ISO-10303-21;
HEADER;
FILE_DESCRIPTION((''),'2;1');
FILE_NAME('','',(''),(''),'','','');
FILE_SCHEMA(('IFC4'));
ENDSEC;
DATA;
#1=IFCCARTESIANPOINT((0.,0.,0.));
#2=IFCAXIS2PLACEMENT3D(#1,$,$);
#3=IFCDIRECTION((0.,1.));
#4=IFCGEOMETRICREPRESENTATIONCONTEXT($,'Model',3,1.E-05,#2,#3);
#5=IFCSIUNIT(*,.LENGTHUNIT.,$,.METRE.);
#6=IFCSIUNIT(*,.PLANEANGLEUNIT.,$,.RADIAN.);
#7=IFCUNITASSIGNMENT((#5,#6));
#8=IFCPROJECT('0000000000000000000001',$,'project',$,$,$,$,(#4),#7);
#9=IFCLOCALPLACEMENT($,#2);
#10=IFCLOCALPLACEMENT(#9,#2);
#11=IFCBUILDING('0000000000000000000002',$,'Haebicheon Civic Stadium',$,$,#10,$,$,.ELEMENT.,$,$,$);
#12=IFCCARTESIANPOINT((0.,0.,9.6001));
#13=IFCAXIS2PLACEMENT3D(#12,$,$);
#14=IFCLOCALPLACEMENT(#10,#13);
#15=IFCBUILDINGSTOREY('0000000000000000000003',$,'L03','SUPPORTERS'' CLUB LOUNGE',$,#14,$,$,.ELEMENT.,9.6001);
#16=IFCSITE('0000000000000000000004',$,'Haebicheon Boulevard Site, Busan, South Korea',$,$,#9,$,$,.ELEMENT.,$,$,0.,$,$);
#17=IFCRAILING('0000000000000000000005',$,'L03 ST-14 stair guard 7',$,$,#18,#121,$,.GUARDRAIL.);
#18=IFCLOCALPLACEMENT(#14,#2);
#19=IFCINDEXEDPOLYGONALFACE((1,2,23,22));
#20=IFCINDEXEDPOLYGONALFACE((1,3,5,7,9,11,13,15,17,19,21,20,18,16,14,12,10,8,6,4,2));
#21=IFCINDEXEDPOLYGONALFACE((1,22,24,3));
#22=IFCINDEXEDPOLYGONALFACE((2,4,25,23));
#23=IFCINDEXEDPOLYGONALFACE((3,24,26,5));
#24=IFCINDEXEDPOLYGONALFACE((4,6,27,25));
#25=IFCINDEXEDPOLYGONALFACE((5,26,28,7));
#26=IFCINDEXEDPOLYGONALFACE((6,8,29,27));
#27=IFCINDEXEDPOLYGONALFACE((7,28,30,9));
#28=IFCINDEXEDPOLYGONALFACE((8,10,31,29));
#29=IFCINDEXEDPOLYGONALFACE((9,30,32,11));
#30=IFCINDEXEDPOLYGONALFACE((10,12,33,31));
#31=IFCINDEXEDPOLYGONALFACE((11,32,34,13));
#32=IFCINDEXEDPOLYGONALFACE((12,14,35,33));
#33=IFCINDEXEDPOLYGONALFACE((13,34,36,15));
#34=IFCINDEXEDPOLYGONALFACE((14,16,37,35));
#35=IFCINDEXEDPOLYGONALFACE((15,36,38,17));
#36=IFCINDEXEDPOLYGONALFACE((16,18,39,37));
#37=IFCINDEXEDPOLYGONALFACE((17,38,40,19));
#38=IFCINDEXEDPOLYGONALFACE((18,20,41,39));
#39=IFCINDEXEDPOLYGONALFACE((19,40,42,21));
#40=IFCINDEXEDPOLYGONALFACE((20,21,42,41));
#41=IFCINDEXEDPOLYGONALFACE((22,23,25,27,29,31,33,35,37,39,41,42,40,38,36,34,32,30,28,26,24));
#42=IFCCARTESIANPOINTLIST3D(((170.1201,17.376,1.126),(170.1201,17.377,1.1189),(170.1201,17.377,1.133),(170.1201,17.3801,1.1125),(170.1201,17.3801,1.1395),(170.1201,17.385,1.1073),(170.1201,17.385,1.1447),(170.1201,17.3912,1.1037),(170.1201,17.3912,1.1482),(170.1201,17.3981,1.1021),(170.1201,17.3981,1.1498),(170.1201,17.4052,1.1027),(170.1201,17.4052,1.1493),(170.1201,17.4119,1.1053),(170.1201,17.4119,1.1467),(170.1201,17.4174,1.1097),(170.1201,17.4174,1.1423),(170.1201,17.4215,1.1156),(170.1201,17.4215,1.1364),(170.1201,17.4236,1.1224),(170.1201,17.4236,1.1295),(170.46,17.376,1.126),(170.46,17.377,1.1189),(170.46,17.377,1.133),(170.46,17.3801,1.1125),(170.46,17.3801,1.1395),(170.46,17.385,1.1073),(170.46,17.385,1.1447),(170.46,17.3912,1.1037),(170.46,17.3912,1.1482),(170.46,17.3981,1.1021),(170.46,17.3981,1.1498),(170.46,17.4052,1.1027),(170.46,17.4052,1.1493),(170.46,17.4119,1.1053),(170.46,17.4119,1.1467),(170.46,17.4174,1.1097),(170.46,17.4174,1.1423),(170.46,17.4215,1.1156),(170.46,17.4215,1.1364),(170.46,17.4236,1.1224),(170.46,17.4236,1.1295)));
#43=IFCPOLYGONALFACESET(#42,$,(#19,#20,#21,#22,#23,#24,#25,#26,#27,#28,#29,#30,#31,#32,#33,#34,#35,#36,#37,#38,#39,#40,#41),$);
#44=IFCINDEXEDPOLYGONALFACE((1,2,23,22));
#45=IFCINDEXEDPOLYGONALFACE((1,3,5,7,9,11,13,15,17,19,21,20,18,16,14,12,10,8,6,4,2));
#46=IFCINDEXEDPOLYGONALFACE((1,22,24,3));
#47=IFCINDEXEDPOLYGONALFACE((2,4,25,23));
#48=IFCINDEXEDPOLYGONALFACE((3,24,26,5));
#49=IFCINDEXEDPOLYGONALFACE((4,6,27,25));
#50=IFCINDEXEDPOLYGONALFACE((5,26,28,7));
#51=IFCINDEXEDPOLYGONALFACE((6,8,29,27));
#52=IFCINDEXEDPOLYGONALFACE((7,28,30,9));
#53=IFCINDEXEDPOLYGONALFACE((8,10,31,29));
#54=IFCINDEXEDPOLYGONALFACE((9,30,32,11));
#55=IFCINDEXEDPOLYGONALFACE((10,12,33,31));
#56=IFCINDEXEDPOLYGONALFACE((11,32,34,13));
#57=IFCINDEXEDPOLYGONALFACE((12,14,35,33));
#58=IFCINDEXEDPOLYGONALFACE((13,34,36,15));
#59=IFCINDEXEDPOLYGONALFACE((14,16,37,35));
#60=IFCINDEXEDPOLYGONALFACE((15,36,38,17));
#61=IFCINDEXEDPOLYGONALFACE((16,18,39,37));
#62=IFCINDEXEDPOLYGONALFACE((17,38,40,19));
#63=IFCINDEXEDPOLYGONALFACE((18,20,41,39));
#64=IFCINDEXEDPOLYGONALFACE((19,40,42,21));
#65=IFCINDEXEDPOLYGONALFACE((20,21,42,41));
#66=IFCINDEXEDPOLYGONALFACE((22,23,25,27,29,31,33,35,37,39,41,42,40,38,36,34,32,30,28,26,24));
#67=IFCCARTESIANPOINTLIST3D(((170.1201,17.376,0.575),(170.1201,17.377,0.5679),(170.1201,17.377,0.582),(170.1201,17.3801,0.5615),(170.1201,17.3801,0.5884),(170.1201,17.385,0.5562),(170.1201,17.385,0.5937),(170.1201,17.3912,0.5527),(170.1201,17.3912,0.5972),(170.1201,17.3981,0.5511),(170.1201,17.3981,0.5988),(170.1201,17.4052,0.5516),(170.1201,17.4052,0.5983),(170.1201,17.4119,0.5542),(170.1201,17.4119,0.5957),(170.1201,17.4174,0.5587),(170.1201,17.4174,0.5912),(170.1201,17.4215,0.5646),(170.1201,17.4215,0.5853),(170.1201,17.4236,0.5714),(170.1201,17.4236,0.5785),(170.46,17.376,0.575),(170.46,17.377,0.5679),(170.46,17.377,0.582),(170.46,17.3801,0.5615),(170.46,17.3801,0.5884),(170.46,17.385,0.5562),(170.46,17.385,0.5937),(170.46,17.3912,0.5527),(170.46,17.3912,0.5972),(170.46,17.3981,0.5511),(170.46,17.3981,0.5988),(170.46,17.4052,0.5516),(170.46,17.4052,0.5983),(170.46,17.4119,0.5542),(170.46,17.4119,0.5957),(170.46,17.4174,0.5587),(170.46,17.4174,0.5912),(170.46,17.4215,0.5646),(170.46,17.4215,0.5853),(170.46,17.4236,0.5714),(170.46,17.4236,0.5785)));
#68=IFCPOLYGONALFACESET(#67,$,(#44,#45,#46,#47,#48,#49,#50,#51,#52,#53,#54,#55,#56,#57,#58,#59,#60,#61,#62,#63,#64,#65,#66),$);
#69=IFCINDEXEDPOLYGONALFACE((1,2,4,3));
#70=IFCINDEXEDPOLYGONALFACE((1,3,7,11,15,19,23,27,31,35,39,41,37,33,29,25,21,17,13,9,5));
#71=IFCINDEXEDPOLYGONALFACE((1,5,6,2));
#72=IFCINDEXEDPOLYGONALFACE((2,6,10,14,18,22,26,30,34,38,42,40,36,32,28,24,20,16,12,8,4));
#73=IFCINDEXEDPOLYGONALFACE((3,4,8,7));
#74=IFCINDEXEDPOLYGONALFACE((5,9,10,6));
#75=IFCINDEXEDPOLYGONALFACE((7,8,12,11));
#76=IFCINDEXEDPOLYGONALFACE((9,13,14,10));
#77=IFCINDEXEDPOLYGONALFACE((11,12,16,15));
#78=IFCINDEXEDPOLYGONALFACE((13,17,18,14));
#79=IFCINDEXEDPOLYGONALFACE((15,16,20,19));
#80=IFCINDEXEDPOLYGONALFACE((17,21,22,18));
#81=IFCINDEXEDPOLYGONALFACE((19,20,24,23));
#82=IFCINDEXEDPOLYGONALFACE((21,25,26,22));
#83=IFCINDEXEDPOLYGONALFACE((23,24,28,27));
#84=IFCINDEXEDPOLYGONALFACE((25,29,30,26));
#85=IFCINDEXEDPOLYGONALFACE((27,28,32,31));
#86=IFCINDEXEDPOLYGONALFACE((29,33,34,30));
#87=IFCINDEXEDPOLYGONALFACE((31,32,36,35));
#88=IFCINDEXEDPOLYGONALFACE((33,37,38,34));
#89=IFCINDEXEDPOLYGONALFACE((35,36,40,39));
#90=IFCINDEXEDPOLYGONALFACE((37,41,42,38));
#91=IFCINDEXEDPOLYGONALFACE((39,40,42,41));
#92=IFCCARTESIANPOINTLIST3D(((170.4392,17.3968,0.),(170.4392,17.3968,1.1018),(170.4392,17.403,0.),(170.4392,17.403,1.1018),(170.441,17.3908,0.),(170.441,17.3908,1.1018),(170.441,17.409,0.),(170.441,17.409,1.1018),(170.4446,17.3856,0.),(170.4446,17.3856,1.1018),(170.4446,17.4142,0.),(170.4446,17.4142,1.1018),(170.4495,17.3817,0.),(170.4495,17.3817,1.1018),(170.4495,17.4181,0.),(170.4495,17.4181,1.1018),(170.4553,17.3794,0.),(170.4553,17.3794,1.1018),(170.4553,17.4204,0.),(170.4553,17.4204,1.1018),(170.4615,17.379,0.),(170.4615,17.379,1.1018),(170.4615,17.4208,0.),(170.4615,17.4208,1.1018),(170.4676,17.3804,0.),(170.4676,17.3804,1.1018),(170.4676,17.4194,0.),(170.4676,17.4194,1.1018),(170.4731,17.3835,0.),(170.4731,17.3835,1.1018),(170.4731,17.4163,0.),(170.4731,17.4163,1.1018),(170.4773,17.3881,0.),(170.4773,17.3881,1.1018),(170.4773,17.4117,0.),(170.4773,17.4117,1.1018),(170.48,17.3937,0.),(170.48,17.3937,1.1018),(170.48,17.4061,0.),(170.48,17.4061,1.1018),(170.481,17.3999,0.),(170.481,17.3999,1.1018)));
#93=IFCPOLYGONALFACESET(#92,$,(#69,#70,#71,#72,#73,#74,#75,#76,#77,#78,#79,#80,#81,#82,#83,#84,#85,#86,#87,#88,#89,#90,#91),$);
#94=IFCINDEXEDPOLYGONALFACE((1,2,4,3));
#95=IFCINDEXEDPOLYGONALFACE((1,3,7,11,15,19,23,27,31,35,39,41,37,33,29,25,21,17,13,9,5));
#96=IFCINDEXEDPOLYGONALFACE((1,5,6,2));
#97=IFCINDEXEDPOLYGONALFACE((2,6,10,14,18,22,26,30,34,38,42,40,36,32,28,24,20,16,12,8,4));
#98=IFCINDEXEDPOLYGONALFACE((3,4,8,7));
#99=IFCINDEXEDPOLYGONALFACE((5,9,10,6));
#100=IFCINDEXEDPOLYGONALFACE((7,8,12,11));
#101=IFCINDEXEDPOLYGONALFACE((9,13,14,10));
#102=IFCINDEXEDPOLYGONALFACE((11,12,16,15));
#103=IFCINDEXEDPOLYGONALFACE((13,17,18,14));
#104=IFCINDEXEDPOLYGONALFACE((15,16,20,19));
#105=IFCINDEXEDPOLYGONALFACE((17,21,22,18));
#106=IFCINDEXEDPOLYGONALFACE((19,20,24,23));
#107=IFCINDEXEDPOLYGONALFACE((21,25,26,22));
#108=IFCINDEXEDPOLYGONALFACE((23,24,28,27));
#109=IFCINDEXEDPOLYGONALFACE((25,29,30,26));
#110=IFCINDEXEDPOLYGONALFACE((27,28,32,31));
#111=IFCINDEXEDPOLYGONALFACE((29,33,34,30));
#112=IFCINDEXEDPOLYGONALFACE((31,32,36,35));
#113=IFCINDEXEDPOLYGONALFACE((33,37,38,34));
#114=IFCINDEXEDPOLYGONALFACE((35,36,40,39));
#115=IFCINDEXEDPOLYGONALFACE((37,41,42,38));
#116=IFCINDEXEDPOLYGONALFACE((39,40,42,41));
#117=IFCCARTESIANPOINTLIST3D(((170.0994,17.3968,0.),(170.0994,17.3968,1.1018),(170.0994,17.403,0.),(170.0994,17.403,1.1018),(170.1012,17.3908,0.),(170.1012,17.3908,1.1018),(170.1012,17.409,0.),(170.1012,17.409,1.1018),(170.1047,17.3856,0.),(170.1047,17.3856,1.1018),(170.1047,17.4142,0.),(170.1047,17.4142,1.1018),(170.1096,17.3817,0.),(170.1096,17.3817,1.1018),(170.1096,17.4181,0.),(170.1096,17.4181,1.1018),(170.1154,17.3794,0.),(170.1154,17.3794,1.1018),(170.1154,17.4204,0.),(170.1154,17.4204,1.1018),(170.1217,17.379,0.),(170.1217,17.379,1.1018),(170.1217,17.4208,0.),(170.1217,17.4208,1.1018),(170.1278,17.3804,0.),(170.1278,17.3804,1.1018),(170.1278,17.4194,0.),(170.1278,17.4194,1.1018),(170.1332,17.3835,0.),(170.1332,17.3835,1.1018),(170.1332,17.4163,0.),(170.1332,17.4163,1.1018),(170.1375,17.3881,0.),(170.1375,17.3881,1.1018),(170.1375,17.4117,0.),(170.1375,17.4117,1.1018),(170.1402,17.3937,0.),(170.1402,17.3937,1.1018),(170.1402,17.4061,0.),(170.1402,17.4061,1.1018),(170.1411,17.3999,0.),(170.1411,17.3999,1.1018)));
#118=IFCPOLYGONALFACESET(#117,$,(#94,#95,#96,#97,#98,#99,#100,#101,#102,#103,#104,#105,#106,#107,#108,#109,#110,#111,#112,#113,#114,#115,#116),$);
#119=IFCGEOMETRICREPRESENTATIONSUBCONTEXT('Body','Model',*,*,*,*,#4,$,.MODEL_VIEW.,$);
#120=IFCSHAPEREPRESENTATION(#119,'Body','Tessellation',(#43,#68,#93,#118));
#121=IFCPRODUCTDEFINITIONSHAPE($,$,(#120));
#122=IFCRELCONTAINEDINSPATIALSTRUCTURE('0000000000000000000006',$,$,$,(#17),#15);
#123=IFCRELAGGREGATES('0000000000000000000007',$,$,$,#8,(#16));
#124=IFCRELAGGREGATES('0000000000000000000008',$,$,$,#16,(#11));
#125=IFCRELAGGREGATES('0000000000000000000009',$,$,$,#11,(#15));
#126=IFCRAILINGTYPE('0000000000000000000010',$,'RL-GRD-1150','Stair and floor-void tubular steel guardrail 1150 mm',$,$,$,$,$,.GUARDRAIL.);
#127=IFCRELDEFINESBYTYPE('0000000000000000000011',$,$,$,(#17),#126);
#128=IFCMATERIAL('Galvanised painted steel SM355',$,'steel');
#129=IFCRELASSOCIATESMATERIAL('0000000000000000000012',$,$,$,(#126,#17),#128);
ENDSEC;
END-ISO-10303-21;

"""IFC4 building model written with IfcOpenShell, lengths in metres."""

from ifc_helpers import new_model, si_unit, direction, frame, origin, origin_2d, place, context, subcontext, project, spatial, circle, extrude, material, type_object, element, save


model = new_model("IFC4")

# Units and contexts
model_context = context("Model", 3, precision=1e-05, world=origin(), true_north=direction((0.0, 1.0)))
body_context = subcontext(model_context, "Body", "Model", "MODEL_VIEW")
ifc_project = project(units=[si_unit("LENGTHUNIT", "METRE"), si_unit("PLANEANGLEUNIT", "RADIAN")], contexts=[model_context])

# Site, building, storey
site_placement = place(None, origin())
site = spatial("IfcSite", under=ifc_project, at=site_placement, Name="Haebicheon Boulevard Site, Busan, South Korea", CompositionType="ELEMENT", RefElevation=0.0)
building_placement = place(site_placement, origin())
building = spatial("IfcBuilding", under=site, at=building_placement, Name="Haebicheon Civic Stadium", CompositionType="ELEMENT")
storey_placement = place(building_placement, frame((0.0, 0.0, 9.6001)))
storey = spatial("IfcBuildingStorey", under=building, at=storey_placement, Name="L03", Description="SUPPORTERS' CLUB LOUNGE", CompositionType="ELEMENT", Elevation=9.6001)

# Railing
ifc_material_1 = material(Name="Galvanised painted steel SM355", Category="steel")
railing_type_1 = type_object("IfcRailingType", Name="RL-GRD-1150", Description="Stair and floor-void tubular steel guardrail 1150 mm", PredefinedType="GUARDRAIL", material=ifc_material_1)
railing_1_placement = place(storey_placement, frame((170.46, 17.3999, 0.0)))
element("IfcRailing", 1, at=railing_1_placement, inside=storey, type_object=railing_type_1, material=ifc_material_1, Name="L03 ST-14 stair guard 7", PredefinedType="GUARDRAIL", context=body_context, shape_type="SweptSolid", body=[
    extrude(circle(Radius=0.0239, at=origin_2d()), frame((0.0, 0.0, 1.126), z_axis=(-1.0, 0.0, 0.0), x_axis=(0.0, -1.0, 0.0)), (0.0, 0.0, 1.0), 0.3398),
    extrude(circle(Radius=0.0239, at=origin_2d()), frame((0.0, 0.0, 0.575), z_axis=(-1.0, 0.0, 0.0), x_axis=(0.0, -1.0, 0.0)), (0.0, 0.0, 1.0), 0.3398),
    extrude(circle(Radius=0.021, at=origin_2d()), origin(), (0.0, 0.0, 1.0), 1.1018),
    extrude(circle(Radius=0.021, at=origin_2d()), frame((-0.3398, 0.0, 0.0)), (0.0, 0.0, 1.0), 1.1018),
])

save(model, "model.ifc")
